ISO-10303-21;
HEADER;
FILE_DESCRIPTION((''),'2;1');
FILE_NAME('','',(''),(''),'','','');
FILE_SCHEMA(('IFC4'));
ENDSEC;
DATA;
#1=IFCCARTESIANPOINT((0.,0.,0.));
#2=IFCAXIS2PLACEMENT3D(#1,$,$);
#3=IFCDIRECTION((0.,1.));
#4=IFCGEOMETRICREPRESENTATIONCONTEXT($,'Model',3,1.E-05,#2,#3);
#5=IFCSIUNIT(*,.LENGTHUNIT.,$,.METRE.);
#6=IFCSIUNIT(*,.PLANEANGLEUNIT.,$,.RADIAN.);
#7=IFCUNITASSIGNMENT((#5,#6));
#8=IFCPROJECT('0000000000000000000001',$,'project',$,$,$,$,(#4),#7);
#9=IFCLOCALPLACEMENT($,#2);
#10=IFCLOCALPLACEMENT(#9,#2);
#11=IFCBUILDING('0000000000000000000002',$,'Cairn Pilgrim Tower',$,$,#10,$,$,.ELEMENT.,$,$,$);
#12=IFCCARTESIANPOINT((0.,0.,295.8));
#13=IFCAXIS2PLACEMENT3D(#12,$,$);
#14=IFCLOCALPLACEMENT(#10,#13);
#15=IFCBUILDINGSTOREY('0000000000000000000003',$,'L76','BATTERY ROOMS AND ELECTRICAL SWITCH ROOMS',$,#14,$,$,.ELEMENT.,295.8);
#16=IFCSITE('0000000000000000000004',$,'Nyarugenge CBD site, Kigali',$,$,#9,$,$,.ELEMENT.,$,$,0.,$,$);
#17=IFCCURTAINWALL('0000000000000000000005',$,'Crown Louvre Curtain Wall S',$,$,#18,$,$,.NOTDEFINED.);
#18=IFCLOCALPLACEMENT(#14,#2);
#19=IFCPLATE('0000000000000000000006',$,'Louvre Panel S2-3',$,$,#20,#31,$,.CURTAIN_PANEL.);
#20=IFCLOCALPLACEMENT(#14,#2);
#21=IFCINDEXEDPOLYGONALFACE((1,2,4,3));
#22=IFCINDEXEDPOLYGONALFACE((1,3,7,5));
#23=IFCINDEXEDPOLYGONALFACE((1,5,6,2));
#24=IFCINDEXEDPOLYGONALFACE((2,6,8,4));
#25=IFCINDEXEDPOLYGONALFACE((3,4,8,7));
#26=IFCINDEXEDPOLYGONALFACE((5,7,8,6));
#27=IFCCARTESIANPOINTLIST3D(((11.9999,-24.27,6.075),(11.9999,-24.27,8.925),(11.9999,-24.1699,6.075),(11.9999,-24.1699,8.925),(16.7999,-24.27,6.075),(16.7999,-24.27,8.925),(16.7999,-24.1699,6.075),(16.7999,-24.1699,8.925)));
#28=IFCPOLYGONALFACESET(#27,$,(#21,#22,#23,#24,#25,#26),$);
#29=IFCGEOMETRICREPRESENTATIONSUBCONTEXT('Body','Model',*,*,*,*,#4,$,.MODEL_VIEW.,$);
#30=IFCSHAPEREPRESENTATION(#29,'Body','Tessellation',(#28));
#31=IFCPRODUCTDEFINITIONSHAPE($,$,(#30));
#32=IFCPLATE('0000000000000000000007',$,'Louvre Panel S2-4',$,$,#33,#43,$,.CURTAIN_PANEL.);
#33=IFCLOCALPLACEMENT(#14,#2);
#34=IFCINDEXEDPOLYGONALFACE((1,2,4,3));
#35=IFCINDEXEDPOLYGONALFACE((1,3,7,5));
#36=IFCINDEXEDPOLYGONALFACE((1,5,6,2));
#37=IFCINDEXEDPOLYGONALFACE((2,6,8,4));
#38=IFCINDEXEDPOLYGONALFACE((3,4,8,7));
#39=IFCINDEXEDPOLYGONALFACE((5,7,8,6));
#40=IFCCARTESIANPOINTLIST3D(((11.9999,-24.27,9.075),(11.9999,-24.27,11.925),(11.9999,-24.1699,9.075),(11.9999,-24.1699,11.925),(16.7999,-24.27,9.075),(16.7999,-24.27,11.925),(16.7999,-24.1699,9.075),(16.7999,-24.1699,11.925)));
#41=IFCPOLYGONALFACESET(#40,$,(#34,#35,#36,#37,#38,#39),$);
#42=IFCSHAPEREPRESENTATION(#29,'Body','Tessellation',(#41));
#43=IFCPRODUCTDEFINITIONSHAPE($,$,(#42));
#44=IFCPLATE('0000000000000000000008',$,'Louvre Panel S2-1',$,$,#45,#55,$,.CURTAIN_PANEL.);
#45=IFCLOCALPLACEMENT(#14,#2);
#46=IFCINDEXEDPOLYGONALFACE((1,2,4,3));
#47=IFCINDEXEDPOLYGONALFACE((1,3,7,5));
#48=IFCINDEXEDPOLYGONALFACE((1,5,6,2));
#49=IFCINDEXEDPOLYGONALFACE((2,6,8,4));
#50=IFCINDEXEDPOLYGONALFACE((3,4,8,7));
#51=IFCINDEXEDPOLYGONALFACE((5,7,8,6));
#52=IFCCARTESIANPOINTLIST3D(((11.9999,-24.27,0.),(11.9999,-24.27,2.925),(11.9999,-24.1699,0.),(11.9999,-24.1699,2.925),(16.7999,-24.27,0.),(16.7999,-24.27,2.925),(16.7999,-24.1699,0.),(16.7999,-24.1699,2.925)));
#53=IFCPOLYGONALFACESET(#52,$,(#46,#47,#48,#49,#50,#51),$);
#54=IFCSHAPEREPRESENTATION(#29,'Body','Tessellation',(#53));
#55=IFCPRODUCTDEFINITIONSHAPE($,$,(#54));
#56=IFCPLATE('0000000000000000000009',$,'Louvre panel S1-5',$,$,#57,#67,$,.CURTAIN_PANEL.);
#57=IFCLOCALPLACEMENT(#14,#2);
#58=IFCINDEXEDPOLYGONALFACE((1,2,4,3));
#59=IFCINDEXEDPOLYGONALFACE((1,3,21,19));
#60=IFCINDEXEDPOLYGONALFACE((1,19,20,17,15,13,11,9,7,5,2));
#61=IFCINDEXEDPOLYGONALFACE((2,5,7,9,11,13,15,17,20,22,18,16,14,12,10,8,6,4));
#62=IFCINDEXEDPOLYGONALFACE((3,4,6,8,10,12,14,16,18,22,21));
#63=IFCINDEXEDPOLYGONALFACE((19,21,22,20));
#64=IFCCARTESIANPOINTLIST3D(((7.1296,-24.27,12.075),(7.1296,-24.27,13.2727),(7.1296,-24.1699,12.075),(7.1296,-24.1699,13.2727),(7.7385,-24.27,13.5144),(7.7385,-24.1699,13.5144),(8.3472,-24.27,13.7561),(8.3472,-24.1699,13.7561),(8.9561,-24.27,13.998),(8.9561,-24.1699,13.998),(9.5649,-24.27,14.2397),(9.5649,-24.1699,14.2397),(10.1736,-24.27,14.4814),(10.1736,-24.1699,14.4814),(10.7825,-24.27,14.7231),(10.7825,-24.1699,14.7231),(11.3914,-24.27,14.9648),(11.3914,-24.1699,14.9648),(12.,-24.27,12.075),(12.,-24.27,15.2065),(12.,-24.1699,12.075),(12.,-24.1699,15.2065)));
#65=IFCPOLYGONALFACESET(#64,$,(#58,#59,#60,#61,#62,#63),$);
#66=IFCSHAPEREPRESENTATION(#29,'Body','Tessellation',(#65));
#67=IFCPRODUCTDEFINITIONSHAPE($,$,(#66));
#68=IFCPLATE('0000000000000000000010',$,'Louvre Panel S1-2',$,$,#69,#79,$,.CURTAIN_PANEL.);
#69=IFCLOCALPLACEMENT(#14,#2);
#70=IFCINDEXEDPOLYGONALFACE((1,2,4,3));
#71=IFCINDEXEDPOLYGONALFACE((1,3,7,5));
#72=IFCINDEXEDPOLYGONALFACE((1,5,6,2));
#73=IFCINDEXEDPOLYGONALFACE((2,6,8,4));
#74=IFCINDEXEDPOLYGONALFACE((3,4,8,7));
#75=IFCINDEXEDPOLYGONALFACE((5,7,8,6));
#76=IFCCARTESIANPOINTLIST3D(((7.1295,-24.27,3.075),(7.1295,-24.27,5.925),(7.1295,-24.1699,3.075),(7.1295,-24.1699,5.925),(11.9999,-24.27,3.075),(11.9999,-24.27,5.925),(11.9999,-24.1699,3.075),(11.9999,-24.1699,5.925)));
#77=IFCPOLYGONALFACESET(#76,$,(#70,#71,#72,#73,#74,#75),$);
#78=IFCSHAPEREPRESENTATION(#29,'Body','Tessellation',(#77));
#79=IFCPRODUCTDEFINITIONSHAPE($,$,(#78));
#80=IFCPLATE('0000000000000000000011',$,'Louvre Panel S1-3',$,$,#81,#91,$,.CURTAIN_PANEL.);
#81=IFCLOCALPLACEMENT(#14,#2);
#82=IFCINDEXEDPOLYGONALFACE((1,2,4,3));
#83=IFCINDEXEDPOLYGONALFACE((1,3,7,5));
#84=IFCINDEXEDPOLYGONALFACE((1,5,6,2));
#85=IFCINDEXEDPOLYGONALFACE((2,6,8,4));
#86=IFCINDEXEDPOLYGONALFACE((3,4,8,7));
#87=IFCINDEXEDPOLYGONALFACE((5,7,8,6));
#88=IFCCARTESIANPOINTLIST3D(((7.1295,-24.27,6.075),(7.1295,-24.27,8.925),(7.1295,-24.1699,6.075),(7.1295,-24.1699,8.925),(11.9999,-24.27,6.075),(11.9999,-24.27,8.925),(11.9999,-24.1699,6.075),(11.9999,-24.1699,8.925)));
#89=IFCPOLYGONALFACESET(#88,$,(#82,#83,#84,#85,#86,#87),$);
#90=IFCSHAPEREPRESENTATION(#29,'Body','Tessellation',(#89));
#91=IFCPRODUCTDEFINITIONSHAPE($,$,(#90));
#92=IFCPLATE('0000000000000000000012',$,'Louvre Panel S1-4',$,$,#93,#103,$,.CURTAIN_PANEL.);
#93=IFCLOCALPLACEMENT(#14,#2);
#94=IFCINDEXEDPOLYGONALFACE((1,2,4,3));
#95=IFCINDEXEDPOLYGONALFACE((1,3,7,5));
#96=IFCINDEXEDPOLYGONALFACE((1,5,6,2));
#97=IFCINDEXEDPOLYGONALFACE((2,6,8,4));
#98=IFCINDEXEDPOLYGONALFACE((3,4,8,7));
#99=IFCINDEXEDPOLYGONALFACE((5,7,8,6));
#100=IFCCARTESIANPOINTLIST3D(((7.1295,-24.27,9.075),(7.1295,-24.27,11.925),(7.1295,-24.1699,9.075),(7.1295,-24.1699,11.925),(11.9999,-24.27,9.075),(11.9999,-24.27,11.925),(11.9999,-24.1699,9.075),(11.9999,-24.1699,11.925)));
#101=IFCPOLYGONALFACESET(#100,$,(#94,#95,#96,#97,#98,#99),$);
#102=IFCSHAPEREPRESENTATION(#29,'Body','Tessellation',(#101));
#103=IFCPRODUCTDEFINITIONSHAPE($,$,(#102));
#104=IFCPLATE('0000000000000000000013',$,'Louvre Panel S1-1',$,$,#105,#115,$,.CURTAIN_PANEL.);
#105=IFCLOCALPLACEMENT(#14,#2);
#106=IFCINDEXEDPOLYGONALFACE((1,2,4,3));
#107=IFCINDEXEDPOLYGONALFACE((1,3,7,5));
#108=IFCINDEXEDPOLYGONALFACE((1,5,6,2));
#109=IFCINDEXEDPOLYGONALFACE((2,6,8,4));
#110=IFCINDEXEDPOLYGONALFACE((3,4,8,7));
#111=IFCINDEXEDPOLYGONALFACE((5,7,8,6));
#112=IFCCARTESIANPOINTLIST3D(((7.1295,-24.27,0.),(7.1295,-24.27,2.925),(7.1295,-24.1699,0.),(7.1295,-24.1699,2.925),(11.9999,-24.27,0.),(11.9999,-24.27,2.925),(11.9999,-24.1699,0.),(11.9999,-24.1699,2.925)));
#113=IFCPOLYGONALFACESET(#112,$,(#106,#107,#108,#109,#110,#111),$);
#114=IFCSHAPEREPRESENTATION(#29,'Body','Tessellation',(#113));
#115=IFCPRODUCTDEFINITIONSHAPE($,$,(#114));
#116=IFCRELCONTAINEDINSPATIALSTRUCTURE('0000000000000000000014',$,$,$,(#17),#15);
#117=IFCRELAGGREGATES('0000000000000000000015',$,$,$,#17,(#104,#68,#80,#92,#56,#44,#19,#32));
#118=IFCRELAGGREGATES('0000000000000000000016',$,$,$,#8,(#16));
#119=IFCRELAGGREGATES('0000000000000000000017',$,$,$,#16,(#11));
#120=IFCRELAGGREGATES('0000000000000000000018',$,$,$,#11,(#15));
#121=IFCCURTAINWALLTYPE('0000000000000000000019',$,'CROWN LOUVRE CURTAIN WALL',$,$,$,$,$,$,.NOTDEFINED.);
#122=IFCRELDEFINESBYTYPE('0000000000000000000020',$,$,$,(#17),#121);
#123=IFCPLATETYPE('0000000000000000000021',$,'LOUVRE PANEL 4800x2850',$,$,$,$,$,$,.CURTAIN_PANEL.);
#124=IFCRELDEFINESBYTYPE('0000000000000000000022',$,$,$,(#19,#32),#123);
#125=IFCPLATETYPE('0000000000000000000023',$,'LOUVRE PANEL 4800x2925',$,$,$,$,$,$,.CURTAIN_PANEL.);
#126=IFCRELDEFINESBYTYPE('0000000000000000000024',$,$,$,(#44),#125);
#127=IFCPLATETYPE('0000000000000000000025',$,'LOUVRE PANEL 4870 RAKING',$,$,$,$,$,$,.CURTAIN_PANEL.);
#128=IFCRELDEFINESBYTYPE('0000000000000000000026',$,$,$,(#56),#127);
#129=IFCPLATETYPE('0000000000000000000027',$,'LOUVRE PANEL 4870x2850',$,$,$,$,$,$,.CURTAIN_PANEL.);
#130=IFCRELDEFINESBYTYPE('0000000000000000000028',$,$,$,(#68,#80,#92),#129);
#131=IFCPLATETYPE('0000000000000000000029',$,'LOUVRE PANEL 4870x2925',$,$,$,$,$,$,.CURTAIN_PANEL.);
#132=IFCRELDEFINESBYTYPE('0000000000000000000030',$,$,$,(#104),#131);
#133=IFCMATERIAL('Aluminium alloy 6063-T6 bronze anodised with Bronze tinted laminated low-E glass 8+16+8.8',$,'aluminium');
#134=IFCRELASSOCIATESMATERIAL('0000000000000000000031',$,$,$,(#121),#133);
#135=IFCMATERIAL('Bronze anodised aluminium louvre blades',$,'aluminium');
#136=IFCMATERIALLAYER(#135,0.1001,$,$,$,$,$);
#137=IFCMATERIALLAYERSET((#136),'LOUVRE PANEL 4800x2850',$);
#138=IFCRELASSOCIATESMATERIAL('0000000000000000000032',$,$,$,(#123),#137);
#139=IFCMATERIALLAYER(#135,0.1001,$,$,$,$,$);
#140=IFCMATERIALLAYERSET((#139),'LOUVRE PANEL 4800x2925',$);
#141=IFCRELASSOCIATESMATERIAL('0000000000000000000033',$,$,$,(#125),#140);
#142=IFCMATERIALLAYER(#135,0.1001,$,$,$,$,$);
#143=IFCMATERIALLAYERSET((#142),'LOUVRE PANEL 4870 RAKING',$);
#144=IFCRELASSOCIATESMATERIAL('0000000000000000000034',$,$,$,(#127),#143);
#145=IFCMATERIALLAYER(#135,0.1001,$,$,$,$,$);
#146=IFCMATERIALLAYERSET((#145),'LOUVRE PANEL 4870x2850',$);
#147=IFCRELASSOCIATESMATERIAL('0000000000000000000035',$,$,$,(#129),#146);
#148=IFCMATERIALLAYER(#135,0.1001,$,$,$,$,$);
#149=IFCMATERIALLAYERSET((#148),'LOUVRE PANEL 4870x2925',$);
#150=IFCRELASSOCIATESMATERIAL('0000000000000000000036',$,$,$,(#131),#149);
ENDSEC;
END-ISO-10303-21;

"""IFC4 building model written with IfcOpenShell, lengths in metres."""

from ifc_helpers import new_model, si_unit, direction, frame, origin, origin_2d, place, context, subcontext, project, spatial, polyline, rectangle, outline, extrude, material, layer, layer_set, type_object, element, aggregate, save


model = new_model("IFC4")

# Units and contexts
model_context = context("Model", 3, precision=1e-05, world=origin(), true_north=direction((0.0, 1.0)))
body_context = subcontext(model_context, "Body", "Model", "MODEL_VIEW")
ifc_project = project(units=[si_unit("LENGTHUNIT", "METRE"), si_unit("PLANEANGLEUNIT", "RADIAN")], contexts=[model_context])

# Site, building, storey
site_placement = place(None, origin())
site = spatial("IfcSite", under=ifc_project, at=site_placement, Name="Nyarugenge CBD site, Kigali", CompositionType="ELEMENT", RefElevation=0.0)
building_placement = place(site_placement, origin())
building = spatial("IfcBuilding", under=site, at=building_placement, Name="Cairn Pilgrim Tower", CompositionType="ELEMENT")
storey_placement = place(building_placement, frame((0.0, 0.0, 295.8)))
storey = spatial("IfcBuildingStorey", under=building, at=storey_placement, Name="L76", Description="BATTERY ROOMS AND ELECTRICAL SWITCH ROOMS", CompositionType="ELEMENT", Elevation=295.8)

# Curtain wall
ifc_material_1 = material(Name="Aluminium alloy 6063-T6 bronze anodised with Bronze tinted laminated low-E glass 8+16+8.8", Category="aluminium")
curtain_wall_type = type_object("IfcCurtainWallType", Name="CROWN LOUVRE CURTAIN WALL", PredefinedType="NOTDEFINED", material=ifc_material_1)
curtain_wall_1_placement = place(storey_placement, origin())
curtain_wall_1 = element("IfcCurtainWall", 1, at=curtain_wall_1_placement, inside=storey, type_object=curtain_wall_type, Name="Crown Louvre Curtain Wall S", PredefinedType="NOTDEFINED")

# Plates
ifc_material_2 = material(Name="Bronze anodised aluminium louvre blades", Category="aluminium")
ifc_layer_1 = layer(ifc_material_2, 0.1001)
ifc_layer_set_1 = layer_set([ifc_layer_1], Name="LOUVRE PANEL 4800x2850")
plate_type_1 = type_object("IfcPlateType", Name="LOUVRE PANEL 4800x2850", PredefinedType="CURTAIN_PANEL", material=ifc_layer_set_1)
plate_1_placement = place(storey_placement, frame((14.3999, -24.22, 6.075), z_axis=(0.0, 0.0, 1.0), x_axis=(1.0, 0.0, 0.0)))
plate_1 = element("IfcPlate", 2, at=plate_1_placement, type_object=plate_type_1, Name="Louvre Panel S2-3", PredefinedType="CURTAIN_PANEL", context=body_context, shape_type="SweptSolid", body=[
    extrude(rectangle(XDim=4.8, YDim=0.1001, at=origin_2d()), origin(), (0.0, 0.0, 1.0), 2.8501),
])
plate_2_placement = place(storey_placement, frame((14.3999, -24.22, 9.075), z_axis=(0.0, 0.0, 1.0), x_axis=(1.0, 0.0, 0.0)))
plate_2 = element("IfcPlate", 3, at=plate_2_placement, type_object=plate_type_1, Name="Louvre Panel S2-4", PredefinedType="CURTAIN_PANEL", context=body_context, shape_type="SweptSolid", body=[
    extrude(rectangle(XDim=4.8, YDim=0.1001, at=origin_2d()), origin(), (0.0, 0.0, 1.0), 2.8501),
])
ifc_layer_2 = layer(ifc_material_2, 0.1001)
ifc_layer_set_2 = layer_set([ifc_layer_2], Name="LOUVRE PANEL 4800x2925")
plate_type_2 = type_object("IfcPlateType", Name="LOUVRE PANEL 4800x2925", PredefinedType="CURTAIN_PANEL", material=ifc_layer_set_2)
plate_3_placement = place(storey_placement, frame((14.3999, -24.22, 0.0), z_axis=(0.0, 0.0, 1.0), x_axis=(1.0, 0.0, 0.0)))
plate_3 = element("IfcPlate", 4, at=plate_3_placement, type_object=plate_type_2, Name="Louvre Panel S2-1", PredefinedType="CURTAIN_PANEL", context=body_context, shape_type="SweptSolid", body=[
    extrude(rectangle(XDim=4.8, YDim=0.1001, at=origin_2d()), origin(), (0.0, 0.0, 1.0), 2.925),
])
ifc_layer_3 = layer(ifc_material_2, 0.1001)
ifc_layer_set_3 = layer_set([ifc_layer_3], Name="LOUVRE PANEL 4870 RAKING")
plate_type_3 = type_object("IfcPlateType", Name="LOUVRE PANEL 4870 RAKING", PredefinedType="CURTAIN_PANEL", material=ifc_layer_set_3)
plate_4_placement = place(storey_placement, frame((7.1296, -24.22, 12.075), z_axis=(0.0, 0.0, 1.0), x_axis=(1.0, 0.0, 0.0)))
plate_4 = element("IfcPlate", 5, at=plate_4_placement, type_object=plate_type_3, Name="Louvre panel S1-5", PredefinedType="CURTAIN_PANEL", context=body_context, shape_type="SweptSolid", body=[
    extrude(outline(polyline([(0.0, 0.0), (4.8704, 0.0), (4.8704, 3.1316), (4.2617, 2.8899), (3.6528, 2.6482), (3.0439, 2.4065), (2.4353, 2.1648), (1.8264, 1.9231), (1.2175, 1.6812), (0.6089, 1.4395), (0.0, 1.1978), (0.0, 0.0)])), frame((0.0, 0.05, 0.0), z_axis=(0.0, -1.0, 0.0), x_axis=(1.0, 0.0, 0.0)), (0.0, 0.0, 1.0), 0.1001),
])
ifc_layer_4 = layer(ifc_material_2, 0.1001)
ifc_layer_set_4 = layer_set([ifc_layer_4], Name="LOUVRE PANEL 4870x2850")
plate_type_4 = type_object("IfcPlateType", Name="LOUVRE PANEL 4870x2850", PredefinedType="CURTAIN_PANEL", material=ifc_layer_set_4)
plate_5_placement = place(storey_placement, frame((9.5647, -24.22, 3.075), z_axis=(0.0, 0.0, 1.0), x_axis=(1.0, 0.0, 0.0)))
plate_5 = element("IfcPlate", 6, at=plate_5_placement, type_object=plate_type_4, Name="Louvre Panel S1-2", PredefinedType="CURTAIN_PANEL", context=body_context, shape_type="SweptSolid", body=[
    extrude(rectangle(XDim=4.8704, YDim=0.1001, at=origin_2d()), origin(), (0.0, 0.0, 1.0), 2.8501),
])
plate_6_placement = place(storey_placement, frame((9.5647, -24.22, 6.075), z_axis=(0.0, 0.0, 1.0), x_axis=(1.0, 0.0, 0.0)))
plate_6 = element("IfcPlate", 7, at=plate_6_placement, type_object=plate_type_4, Name="Louvre Panel S1-3", PredefinedType="CURTAIN_PANEL", context=body_context, shape_type="SweptSolid", body=[
    extrude(rectangle(XDim=4.8704, YDim=0.1001, at=origin_2d()), origin(), (0.0, 0.0, 1.0), 2.8501),
])
plate_7_placement = place(storey_placement, frame((9.5647, -24.22, 9.075), z_axis=(0.0, 0.0, 1.0), x_axis=(1.0, 0.0, 0.0)))
plate_7 = element("IfcPlate", 8, at=plate_7_placement, type_object=plate_type_4, Name="Louvre Panel S1-4", PredefinedType="CURTAIN_PANEL", context=body_context, shape_type="SweptSolid", body=[
    extrude(rectangle(XDim=4.8704, YDim=0.1001, at=origin_2d()), origin(), (0.0, 0.0, 1.0), 2.8501),
])
ifc_layer_5 = layer(ifc_material_2, 0.1001)
ifc_layer_set_5 = layer_set([ifc_layer_5], Name="LOUVRE PANEL 4870x2925")
plate_type_5 = type_object("IfcPlateType", Name="LOUVRE PANEL 4870x2925", PredefinedType="CURTAIN_PANEL", material=ifc_layer_set_5)
plate_8_placement = place(storey_placement, frame((9.5647, -24.22, 0.0), z_axis=(0.0, 0.0, 1.0), x_axis=(1.0, 0.0, 0.0)))
plate_8 = element("IfcPlate", 9, at=plate_8_placement, type_object=plate_type_5, Name="Louvre Panel S1-1", PredefinedType="CURTAIN_PANEL", context=body_context, shape_type="SweptSolid", body=[
    extrude(rectangle(XDim=4.8704, YDim=0.1001, at=origin_2d()), origin(), (0.0, 0.0, 1.0), 2.925),
])
aggregate(curtain_wall_1, [plate_8, plate_5, plate_6, plate_7, plate_4, plate_3, plate_1, plate_2])

save(model, "model.ifc")
